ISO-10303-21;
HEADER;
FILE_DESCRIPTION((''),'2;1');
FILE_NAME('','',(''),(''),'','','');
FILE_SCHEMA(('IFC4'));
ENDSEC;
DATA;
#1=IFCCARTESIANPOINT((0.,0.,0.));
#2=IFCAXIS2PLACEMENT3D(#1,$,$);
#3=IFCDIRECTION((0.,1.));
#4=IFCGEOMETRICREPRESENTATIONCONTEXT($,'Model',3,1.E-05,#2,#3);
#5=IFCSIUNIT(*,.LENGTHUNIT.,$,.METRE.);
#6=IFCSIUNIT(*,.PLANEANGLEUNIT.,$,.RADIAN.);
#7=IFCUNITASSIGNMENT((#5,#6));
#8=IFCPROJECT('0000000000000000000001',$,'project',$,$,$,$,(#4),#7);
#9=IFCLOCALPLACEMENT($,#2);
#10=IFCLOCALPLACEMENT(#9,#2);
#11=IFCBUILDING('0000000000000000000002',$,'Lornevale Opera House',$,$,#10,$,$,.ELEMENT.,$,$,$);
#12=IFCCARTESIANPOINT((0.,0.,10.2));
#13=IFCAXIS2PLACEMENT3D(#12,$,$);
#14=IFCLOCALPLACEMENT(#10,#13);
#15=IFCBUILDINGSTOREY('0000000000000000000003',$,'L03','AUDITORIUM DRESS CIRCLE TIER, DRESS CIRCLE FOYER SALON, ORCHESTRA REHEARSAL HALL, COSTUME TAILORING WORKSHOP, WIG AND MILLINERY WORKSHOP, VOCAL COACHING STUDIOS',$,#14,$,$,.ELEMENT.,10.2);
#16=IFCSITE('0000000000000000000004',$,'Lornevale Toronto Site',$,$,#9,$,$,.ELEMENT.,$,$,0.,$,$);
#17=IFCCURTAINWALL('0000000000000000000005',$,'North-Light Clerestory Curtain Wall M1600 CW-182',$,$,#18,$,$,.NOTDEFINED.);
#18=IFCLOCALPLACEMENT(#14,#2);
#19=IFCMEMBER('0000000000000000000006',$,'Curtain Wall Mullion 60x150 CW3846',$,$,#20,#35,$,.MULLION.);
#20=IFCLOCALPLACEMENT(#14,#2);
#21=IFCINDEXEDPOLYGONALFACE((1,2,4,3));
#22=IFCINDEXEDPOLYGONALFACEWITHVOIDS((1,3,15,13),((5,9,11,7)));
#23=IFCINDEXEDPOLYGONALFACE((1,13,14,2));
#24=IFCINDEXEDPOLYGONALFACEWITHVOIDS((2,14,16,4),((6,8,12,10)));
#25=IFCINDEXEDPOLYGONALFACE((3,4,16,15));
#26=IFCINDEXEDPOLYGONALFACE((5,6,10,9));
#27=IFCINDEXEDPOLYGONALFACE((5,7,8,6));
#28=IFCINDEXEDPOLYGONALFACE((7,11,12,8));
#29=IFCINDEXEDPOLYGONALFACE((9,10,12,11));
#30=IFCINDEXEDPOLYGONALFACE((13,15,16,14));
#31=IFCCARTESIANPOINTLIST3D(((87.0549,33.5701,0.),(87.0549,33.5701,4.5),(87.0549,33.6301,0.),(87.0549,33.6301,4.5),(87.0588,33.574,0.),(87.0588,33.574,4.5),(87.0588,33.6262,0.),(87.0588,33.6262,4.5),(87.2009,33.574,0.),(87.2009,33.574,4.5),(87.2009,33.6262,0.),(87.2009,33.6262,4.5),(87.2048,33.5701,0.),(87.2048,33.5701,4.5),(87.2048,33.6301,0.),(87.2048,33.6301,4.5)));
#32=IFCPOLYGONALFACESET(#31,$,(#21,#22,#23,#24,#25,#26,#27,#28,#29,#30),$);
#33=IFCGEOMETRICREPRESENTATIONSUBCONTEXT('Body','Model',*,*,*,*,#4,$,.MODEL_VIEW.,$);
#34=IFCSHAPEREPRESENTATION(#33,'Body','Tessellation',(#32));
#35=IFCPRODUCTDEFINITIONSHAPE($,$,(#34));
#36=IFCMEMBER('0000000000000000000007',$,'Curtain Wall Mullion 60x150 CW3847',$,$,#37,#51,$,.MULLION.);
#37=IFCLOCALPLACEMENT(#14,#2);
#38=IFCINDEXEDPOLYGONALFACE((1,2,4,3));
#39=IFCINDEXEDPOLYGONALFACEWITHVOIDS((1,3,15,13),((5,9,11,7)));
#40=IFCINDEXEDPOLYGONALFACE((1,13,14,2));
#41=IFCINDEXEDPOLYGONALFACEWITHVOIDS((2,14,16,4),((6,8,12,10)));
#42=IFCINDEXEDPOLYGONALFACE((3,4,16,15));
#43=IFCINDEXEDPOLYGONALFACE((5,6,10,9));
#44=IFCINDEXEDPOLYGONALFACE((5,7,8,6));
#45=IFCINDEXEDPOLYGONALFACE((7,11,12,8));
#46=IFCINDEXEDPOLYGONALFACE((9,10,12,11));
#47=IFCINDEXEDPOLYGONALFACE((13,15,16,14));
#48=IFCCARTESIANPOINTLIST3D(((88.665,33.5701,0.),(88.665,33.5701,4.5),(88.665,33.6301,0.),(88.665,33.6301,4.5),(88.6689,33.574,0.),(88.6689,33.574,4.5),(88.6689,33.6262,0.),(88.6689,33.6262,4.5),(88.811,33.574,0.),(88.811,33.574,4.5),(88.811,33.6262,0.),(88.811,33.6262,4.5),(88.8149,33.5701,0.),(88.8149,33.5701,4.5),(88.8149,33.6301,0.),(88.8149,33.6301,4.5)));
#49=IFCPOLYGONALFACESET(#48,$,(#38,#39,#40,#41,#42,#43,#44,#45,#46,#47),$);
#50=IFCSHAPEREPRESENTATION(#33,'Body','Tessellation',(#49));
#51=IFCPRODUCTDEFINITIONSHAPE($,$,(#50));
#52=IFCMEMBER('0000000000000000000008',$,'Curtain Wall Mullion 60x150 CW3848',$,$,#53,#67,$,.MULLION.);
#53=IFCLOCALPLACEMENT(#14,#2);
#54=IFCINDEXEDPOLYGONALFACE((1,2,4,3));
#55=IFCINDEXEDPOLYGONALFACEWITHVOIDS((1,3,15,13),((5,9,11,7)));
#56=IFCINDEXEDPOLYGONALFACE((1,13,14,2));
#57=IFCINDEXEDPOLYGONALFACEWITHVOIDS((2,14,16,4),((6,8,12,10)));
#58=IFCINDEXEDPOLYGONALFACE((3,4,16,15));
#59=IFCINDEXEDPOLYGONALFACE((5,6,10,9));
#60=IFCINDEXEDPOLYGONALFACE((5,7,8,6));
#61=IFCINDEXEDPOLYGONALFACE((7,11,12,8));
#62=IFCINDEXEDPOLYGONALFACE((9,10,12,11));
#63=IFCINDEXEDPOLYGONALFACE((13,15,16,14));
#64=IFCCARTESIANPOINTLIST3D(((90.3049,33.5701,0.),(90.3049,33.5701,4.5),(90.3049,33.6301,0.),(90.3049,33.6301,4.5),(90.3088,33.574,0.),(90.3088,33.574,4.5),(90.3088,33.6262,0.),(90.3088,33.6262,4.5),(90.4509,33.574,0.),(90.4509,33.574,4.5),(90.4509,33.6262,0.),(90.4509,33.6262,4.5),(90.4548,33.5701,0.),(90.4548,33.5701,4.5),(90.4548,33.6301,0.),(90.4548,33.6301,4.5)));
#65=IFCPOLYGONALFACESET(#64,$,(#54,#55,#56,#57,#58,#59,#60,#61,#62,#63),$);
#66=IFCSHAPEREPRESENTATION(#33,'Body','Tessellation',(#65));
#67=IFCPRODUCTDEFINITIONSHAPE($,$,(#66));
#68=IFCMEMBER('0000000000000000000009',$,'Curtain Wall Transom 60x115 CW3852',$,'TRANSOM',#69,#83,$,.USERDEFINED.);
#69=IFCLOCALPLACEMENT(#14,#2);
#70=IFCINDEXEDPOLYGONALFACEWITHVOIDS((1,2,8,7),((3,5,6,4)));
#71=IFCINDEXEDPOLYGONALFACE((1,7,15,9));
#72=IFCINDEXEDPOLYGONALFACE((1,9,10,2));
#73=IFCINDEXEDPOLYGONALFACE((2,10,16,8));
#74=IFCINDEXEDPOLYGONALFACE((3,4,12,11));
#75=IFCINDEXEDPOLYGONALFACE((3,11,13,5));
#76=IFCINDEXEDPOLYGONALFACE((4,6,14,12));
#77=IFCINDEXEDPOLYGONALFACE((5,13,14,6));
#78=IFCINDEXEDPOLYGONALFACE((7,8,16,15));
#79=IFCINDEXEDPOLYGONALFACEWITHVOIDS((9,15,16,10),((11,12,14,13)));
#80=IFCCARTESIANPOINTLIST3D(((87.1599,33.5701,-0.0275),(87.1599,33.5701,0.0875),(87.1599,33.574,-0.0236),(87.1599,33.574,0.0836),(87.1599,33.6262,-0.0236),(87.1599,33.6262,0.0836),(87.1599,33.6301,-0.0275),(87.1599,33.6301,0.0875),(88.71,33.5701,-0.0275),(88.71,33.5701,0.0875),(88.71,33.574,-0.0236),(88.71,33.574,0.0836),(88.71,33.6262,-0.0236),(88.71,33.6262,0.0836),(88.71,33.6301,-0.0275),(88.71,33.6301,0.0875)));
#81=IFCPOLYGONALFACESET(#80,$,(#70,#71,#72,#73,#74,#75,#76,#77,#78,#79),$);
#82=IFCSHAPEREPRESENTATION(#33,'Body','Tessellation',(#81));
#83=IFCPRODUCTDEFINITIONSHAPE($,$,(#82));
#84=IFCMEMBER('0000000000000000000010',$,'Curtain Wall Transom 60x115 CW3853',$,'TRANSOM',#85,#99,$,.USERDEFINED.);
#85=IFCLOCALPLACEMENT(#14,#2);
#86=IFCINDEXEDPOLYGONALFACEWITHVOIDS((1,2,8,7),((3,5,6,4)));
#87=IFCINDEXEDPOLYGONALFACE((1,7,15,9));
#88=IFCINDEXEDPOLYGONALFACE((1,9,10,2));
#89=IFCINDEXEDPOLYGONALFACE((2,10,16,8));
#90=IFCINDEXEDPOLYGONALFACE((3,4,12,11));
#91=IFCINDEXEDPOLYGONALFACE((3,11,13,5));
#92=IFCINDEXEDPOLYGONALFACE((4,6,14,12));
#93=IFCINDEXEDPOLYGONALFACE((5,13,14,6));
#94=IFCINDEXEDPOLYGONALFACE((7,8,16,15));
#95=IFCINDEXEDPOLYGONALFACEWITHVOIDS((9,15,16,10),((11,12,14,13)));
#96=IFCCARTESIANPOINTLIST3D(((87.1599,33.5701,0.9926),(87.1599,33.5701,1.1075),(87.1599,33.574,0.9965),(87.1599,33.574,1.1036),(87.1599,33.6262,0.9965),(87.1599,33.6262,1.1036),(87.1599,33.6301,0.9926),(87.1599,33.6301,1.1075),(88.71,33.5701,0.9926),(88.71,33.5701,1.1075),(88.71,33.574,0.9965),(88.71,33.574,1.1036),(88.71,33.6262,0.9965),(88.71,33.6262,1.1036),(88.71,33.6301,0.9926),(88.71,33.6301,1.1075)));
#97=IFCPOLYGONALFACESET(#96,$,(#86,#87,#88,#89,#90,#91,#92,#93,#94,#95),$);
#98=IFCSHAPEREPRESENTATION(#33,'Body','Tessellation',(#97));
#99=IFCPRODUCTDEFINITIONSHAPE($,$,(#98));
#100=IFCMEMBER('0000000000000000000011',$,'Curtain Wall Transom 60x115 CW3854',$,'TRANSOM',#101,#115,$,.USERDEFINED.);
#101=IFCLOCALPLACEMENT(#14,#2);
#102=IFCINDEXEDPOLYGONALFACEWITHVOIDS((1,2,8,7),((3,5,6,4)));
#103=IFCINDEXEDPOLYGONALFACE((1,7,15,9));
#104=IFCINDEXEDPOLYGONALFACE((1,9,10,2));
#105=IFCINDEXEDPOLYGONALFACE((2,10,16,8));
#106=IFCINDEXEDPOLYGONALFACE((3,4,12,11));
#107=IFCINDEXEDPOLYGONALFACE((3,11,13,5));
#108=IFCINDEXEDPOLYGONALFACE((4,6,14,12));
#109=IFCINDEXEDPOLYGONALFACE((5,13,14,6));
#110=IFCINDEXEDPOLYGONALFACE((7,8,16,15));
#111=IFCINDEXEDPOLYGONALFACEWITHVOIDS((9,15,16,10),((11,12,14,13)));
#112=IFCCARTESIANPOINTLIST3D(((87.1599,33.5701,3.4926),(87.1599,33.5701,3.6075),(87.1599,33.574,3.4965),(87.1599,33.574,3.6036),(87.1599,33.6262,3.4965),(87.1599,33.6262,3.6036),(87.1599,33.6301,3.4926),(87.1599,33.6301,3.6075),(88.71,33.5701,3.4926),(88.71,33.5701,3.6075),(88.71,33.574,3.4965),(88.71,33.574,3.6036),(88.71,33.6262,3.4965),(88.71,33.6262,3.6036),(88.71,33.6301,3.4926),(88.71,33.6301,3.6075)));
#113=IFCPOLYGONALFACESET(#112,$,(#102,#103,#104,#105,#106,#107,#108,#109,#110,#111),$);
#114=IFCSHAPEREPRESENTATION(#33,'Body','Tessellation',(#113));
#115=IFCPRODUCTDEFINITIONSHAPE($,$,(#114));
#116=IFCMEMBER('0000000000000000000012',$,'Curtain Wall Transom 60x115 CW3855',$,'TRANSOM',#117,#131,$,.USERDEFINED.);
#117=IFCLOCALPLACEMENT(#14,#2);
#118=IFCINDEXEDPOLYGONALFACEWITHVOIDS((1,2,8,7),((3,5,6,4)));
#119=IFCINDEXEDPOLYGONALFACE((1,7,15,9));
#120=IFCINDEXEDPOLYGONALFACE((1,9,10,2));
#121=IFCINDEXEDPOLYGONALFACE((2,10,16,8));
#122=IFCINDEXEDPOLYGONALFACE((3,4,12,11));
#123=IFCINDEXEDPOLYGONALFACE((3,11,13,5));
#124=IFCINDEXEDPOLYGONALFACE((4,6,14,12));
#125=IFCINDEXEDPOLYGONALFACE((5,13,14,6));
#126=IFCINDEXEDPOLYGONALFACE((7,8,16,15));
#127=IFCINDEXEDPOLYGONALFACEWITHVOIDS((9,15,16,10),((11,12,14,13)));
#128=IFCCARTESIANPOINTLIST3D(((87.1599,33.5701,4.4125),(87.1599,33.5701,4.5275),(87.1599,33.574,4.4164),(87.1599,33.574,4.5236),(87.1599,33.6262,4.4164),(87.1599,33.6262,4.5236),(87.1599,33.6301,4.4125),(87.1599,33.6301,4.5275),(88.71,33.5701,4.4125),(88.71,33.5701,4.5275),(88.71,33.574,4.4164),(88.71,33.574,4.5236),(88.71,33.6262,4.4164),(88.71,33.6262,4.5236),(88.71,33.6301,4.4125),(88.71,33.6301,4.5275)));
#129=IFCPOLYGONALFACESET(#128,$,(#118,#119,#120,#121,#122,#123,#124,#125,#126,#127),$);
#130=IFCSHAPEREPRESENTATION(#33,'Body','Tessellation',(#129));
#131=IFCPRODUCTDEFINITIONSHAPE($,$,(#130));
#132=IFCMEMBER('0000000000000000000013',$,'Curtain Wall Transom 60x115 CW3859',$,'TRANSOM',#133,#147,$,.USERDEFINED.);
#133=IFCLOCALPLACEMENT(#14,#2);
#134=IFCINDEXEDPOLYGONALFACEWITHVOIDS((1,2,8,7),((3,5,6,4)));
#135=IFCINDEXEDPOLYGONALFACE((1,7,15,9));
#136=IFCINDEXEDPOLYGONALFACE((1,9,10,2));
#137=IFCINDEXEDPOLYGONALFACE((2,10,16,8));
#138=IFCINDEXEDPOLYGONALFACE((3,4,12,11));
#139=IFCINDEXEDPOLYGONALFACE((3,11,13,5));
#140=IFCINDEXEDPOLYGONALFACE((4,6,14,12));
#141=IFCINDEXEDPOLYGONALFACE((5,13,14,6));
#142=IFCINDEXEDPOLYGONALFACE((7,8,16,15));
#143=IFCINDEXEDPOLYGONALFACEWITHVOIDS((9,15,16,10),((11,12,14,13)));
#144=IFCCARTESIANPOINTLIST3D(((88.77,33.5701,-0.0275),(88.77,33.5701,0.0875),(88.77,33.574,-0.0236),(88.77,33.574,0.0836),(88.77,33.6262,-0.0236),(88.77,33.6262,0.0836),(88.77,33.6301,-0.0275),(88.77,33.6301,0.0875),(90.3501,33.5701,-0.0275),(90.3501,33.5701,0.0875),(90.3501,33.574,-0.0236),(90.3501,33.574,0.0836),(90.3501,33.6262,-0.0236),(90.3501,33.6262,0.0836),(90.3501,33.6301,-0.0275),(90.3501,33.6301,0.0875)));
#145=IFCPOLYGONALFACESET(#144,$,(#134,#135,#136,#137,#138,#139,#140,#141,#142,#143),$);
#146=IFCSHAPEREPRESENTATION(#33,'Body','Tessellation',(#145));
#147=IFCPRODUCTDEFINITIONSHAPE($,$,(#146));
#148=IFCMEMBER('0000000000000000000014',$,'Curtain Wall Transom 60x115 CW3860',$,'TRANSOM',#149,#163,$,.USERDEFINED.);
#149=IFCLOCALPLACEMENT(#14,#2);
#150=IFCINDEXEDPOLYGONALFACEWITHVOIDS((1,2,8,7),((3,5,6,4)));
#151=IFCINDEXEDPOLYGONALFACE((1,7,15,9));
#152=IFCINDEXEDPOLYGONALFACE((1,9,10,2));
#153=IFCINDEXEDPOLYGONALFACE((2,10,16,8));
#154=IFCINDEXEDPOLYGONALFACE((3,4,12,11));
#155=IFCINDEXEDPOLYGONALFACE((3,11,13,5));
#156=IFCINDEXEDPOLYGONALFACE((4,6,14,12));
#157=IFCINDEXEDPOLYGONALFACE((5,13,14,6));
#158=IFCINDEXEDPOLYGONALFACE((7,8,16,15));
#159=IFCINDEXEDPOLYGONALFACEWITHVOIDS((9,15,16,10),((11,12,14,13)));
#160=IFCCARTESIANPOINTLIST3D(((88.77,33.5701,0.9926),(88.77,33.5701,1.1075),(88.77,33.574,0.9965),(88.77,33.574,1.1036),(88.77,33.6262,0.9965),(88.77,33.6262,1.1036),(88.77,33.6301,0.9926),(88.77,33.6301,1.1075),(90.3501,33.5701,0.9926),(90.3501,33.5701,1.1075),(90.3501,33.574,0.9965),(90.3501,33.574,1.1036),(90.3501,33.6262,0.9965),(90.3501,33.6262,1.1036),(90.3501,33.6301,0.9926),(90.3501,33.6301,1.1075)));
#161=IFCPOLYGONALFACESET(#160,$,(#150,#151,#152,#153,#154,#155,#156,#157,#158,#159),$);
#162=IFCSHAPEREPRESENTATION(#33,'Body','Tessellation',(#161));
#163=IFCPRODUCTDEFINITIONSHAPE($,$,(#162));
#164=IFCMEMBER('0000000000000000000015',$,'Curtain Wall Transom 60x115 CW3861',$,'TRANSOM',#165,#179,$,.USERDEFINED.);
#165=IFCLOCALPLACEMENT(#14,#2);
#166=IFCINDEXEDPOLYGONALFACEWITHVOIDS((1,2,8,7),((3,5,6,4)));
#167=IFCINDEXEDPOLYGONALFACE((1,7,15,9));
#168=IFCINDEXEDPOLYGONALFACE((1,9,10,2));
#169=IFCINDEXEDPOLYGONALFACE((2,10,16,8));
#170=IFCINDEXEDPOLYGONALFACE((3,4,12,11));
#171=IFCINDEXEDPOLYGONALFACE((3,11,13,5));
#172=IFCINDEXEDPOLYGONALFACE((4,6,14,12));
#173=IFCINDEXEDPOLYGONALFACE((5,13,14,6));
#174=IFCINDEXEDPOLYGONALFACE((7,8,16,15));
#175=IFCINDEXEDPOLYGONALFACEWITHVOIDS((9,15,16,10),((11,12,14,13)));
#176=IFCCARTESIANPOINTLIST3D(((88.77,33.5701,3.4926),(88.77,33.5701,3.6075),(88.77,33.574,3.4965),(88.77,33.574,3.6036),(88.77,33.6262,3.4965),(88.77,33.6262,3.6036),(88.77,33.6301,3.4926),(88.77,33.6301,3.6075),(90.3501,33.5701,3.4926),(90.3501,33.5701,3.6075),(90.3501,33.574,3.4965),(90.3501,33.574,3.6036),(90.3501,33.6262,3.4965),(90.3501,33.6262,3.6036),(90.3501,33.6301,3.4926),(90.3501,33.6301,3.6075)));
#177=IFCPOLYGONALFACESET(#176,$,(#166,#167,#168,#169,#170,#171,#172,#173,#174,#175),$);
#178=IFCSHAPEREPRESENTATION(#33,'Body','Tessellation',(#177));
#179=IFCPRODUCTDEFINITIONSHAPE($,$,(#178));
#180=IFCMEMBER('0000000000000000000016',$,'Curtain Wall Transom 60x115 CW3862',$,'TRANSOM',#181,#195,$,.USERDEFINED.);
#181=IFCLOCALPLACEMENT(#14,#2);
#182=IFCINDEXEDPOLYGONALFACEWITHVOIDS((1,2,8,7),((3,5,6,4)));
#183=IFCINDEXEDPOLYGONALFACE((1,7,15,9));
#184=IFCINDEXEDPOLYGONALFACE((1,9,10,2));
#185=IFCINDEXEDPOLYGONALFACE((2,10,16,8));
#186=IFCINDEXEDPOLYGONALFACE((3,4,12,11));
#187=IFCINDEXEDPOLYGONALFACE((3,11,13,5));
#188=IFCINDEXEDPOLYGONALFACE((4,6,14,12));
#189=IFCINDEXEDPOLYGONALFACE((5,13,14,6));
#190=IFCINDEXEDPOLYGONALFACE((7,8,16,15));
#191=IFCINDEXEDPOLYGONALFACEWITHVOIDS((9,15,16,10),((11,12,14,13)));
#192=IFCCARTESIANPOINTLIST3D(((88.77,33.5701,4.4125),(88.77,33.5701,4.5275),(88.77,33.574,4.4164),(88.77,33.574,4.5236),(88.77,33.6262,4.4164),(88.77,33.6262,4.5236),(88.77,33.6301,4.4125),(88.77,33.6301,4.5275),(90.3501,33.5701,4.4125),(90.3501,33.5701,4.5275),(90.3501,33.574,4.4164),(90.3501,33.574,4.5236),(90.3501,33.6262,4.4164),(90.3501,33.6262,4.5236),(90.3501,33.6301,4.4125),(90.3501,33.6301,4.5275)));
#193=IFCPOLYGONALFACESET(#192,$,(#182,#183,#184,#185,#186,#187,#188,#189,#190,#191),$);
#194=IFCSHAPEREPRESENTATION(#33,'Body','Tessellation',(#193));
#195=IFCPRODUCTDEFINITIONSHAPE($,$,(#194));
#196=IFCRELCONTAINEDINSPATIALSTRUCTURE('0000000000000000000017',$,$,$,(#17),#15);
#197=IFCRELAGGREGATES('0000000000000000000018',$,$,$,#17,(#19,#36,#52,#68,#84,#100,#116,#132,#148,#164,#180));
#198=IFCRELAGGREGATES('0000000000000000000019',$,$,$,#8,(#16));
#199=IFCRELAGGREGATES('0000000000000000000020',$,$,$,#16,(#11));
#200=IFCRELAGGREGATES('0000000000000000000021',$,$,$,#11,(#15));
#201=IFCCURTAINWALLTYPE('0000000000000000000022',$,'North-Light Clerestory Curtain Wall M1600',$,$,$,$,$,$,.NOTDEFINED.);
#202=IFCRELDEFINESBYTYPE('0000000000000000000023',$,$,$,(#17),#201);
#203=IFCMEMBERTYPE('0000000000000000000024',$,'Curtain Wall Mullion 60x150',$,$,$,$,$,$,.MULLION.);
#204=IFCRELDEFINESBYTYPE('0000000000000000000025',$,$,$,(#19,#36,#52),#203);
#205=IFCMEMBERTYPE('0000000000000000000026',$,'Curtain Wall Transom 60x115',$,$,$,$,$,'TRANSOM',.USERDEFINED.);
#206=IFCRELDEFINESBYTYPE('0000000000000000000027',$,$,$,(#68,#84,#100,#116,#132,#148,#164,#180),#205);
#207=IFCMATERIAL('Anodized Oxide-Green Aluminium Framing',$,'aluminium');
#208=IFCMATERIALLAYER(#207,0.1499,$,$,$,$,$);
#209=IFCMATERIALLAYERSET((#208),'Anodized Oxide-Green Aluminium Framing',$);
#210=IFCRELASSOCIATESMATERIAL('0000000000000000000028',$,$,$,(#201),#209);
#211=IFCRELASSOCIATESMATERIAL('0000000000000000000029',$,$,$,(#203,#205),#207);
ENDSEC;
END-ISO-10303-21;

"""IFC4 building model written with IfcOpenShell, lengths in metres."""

from ifc_helpers import new_model, si_unit, direction, frame, origin, origin_2d, place, context, subcontext, project, spatial, hollow_rectangle, extrude, material, layer, layer_set, material_profile, profile_set, type_object, element, aggregate, save


model = new_model("IFC4")

# Units and contexts
model_context = context("Model", 3, precision=1e-05, world=origin(), true_north=direction((0.0, 1.0)))
body_context = subcontext(model_context, "Body", "Model", "MODEL_VIEW")
ifc_project = project(units=[si_unit("LENGTHUNIT", "METRE"), si_unit("PLANEANGLEUNIT", "RADIAN")], contexts=[model_context])

# Site, building, storey
site_placement = place(None, origin())
site = spatial("IfcSite", under=ifc_project, at=site_placement, Name="Lornevale Toronto Site", CompositionType="ELEMENT", RefElevation=0.0)
building_placement = place(site_placement, origin())
building = spatial("IfcBuilding", under=site, at=building_placement, Name="Lornevale Opera House", CompositionType="ELEMENT")
storey_placement = place(building_placement, frame((0.0, 0.0, 10.2)))
storey = spatial("IfcBuildingStorey", under=building, at=storey_placement, Name="L03", Description="AUDITORIUM DRESS CIRCLE TIER, DRESS CIRCLE FOYER SALON, ORCHESTRA REHEARSAL HALL, COSTUME TAILORING WORKSHOP, WIG AND MILLINERY WORKSHOP, VOCAL COACHING STUDIOS", CompositionType="ELEMENT", Elevation=10.2)

# Curtain wall, members
ifc_material_1 = material(Name="Anodized Oxide-Green Aluminium Framing", Category="aluminium")
ifc_layer_1 = layer(ifc_material_1, 0.1499)
ifc_layer_set_1 = layer_set([ifc_layer_1], Name="Anodized Oxide-Green Aluminium Framing")
curtain_wall_type = type_object("IfcCurtainWallType", Name="North-Light Clerestory Curtain Wall M1600", PredefinedType="NOTDEFINED", material=ifc_layer_set_1)
curtain_wall_placement = place(storey_placement, origin())
curtain_wall = element("IfcCurtainWall", 1, at=curtain_wall_placement, inside=storey, type_object=curtain_wall_type, Name="North-Light Clerestory Curtain Wall M1600 CW-182", PredefinedType="NOTDEFINED")
ifc_material_profile_1 = material_profile(ifc_material_1, hollow_rectangle(XDim=0.0601, YDim=0.1499, WallThickness=0.0039, at=origin_2d()), Name="ALU60x150x4")
ifc_profile_set_1 = profile_set([ifc_material_profile_1], Name="Anodized Oxide-Green Aluminium Framing")
member_type_1 = type_object("IfcMemberType", Name="Curtain Wall Mullion 60x150", PredefinedType="MULLION", material=ifc_profile_set_1)
member_1_placement = place(storey_placement, frame((87.1299, 33.6001, 0.0), z_axis=(0.0, 0.0, 1.0), x_axis=(0.0, 1.0, 0.0)))
member_1 = element("IfcMember", 2, at=member_1_placement, type_object=member_type_1, Name="Curtain Wall Mullion 60x150 CW3846", PredefinedType="MULLION", context=body_context, shape_type="SweptSolid", body=[
    extrude(hollow_rectangle(XDim=0.0601, YDim=0.1499, WallThickness=0.0039, at=origin_2d()), origin(), (0.0, 0.0, 1.0), 4.5),
])
member_2_placement = place(storey_placement, frame((88.74, 33.6001, 0.0), z_axis=(0.0, 0.0, 1.0), x_axis=(0.0, 1.0, 0.0)))
member_2 = element("IfcMember", 3, at=member_2_placement, type_object=member_type_1, Name="Curtain Wall Mullion 60x150 CW3847", PredefinedType="MULLION", context=body_context, shape_type="SweptSolid", body=[
    extrude(hollow_rectangle(XDim=0.0601, YDim=0.1499, WallThickness=0.0039, at=origin_2d()), origin(), (0.0, 0.0, 1.0), 4.5),
])
member_3_placement = place(storey_placement, frame((90.3799, 33.6001, 0.0), z_axis=(0.0, 0.0, 1.0), x_axis=(0.0, 1.0, 0.0)))
member_3 = element("IfcMember", 4, at=member_3_placement, type_object=member_type_1, Name="Curtain Wall Mullion 60x150 CW3848", PredefinedType="MULLION", context=body_context, shape_type="SweptSolid", body=[
    extrude(hollow_rectangle(XDim=0.0601, YDim=0.1499, WallThickness=0.0039, at=origin_2d()), origin(), (0.0, 0.0, 1.0), 4.5),
])
ifc_material_profile_2 = material_profile(ifc_material_1, hollow_rectangle(XDim=0.0601, YDim=0.115, WallThickness=0.0039, at=origin_2d()), Name="ALU60x115x4")
ifc_profile_set_2 = profile_set([ifc_material_profile_2], Name="Anodized Oxide-Green Aluminium Framing")
member_type_2 = type_object("IfcMemberType", Name="Curtain Wall Transom 60x115", ElementType="TRANSOM", PredefinedType="USERDEFINED", material=ifc_profile_set_2)
member_4_placement = place(storey_placement, frame((87.1599, 33.6001, 0.03), z_axis=(1.0, 0.0, 0.0), x_axis=(0.0, 1.0, 0.0)))
member_4 = element("IfcMember", 5, at=member_4_placement, type_object=member_type_2, Name="Curtain Wall Transom 60x115 CW3852", ObjectType="TRANSOM", PredefinedType="USERDEFINED", context=body_context, shape_type="SweptSolid", body=[
    extrude(hollow_rectangle(XDim=0.0601, YDim=0.115, WallThickness=0.0039, at=origin_2d()), origin(), (0.0, 0.0, 1.0), 1.55),
])
member_5_placement = place(storey_placement, frame((87.1599, 33.6001, 1.05), z_axis=(1.0, 0.0, 0.0), x_axis=(0.0, 1.0, 0.0)))
member_5 = element("IfcMember", 6, at=member_5_placement, type_object=member_type_2, Name="Curtain Wall Transom 60x115 CW3853", ObjectType="TRANSOM", PredefinedType="USERDEFINED", context=body_context, shape_type="SweptSolid", body=[
    extrude(hollow_rectangle(XDim=0.0601, YDim=0.115, WallThickness=0.0039, at=origin_2d()), origin(), (0.0, 0.0, 1.0), 1.55),
])
member_6_placement = place(storey_placement, frame((87.1599, 33.6001, 3.55), z_axis=(1.0, 0.0, 0.0), x_axis=(0.0, 1.0, 0.0)))
member_6 = element("IfcMember", 7, at=member_6_placement, type_object=member_type_2, Name="Curtain Wall Transom 60x115 CW3854", ObjectType="TRANSOM", PredefinedType="USERDEFINED", context=body_context, shape_type="SweptSolid", body=[
    extrude(hollow_rectangle(XDim=0.0601, YDim=0.115, WallThickness=0.0039, at=origin_2d()), origin(), (0.0, 0.0, 1.0), 1.55),
])
member_7_placement = place(storey_placement, frame((87.1599, 33.6001, 4.47), z_axis=(1.0, 0.0, 0.0), x_axis=(0.0, 1.0, 0.0)))
member_7 = element("IfcMember", 8, at=member_7_placement, type_object=member_type_2, Name="Curtain Wall Transom 60x115 CW3855", ObjectType="TRANSOM", PredefinedType="USERDEFINED", context=body_context, shape_type="SweptSolid", body=[
    extrude(hollow_rectangle(XDim=0.0601, YDim=0.115, WallThickness=0.0039, at=origin_2d()), origin(), (0.0, 0.0, 1.0), 1.55),
])
member_8_placement = place(storey_placement, frame((88.77, 33.6001, 0.03), z_axis=(1.0, 0.0, 0.0), x_axis=(0.0, 1.0, 0.0)))
member_8 = element("IfcMember", 9, at=member_8_placement, type_object=member_type_2, Name="Curtain Wall Transom 60x115 CW3859", ObjectType="TRANSOM", PredefinedType="USERDEFINED", context=body_context, shape_type="SweptSolid", body=[
    extrude(hollow_rectangle(XDim=0.0601, YDim=0.115, WallThickness=0.0039, at=origin_2d()), origin(), (0.0, 0.0, 1.0), 1.5801),
])
member_9_placement = place(storey_placement, frame((88.77, 33.6001, 1.05), z_axis=(1.0, 0.0, 0.0), x_axis=(0.0, 1.0, 0.0)))
member_9 = element("IfcMember", 10, at=member_9_placement, type_object=member_type_2, Name="Curtain Wall Transom 60x115 CW3860", ObjectType="TRANSOM", PredefinedType="USERDEFINED", context=body_context, shape_type="SweptSolid", body=[
    extrude(hollow_rectangle(XDim=0.0601, YDim=0.115, WallThickness=0.0039, at=origin_2d()), origin(), (0.0, 0.0, 1.0), 1.5801),
])
member_10_placement = place(storey_placement, frame((88.77, 33.6001, 3.55), z_axis=(1.0, 0.0, 0.0), x_axis=(0.0, 1.0, 0.0)))
member_10 = element("IfcMember", 11, at=member_10_placement, type_object=member_type_2, Name="Curtain Wall Transom 60x115 CW3861", ObjectType="TRANSOM", PredefinedType="USERDEFINED", context=body_context, shape_type="SweptSolid", body=[
    extrude(hollow_rectangle(XDim=0.0601, YDim=0.115, WallThickness=0.0039, at=origin_2d()), origin(), (0.0, 0.0, 1.0), 1.5801),
])
member_11_placement = place(storey_placement, frame((88.77, 33.6001, 4.47), z_axis=(1.0, 0.0, 0.0), x_axis=(0.0, 1.0, 0.0)))
member_11 = element("IfcMember", 12, at=member_11_placement, type_object=member_type_2, Name="Curtain Wall Transom 60x115 CW3862", ObjectType="TRANSOM", PredefinedType="USERDEFINED", context=body_context, shape_type="SweptSolid", body=[
    extrude(hollow_rectangle(XDim=0.0601, YDim=0.115, WallThickness=0.0039, at=origin_2d()), origin(), (0.0, 0.0, 1.0), 1.5801),
])
aggregate(curtain_wall, [member_1, member_2, member_3, member_4, member_5, member_6, member_7, member_8, member_9, member_10, member_11])

save(model, "model.ifc")
